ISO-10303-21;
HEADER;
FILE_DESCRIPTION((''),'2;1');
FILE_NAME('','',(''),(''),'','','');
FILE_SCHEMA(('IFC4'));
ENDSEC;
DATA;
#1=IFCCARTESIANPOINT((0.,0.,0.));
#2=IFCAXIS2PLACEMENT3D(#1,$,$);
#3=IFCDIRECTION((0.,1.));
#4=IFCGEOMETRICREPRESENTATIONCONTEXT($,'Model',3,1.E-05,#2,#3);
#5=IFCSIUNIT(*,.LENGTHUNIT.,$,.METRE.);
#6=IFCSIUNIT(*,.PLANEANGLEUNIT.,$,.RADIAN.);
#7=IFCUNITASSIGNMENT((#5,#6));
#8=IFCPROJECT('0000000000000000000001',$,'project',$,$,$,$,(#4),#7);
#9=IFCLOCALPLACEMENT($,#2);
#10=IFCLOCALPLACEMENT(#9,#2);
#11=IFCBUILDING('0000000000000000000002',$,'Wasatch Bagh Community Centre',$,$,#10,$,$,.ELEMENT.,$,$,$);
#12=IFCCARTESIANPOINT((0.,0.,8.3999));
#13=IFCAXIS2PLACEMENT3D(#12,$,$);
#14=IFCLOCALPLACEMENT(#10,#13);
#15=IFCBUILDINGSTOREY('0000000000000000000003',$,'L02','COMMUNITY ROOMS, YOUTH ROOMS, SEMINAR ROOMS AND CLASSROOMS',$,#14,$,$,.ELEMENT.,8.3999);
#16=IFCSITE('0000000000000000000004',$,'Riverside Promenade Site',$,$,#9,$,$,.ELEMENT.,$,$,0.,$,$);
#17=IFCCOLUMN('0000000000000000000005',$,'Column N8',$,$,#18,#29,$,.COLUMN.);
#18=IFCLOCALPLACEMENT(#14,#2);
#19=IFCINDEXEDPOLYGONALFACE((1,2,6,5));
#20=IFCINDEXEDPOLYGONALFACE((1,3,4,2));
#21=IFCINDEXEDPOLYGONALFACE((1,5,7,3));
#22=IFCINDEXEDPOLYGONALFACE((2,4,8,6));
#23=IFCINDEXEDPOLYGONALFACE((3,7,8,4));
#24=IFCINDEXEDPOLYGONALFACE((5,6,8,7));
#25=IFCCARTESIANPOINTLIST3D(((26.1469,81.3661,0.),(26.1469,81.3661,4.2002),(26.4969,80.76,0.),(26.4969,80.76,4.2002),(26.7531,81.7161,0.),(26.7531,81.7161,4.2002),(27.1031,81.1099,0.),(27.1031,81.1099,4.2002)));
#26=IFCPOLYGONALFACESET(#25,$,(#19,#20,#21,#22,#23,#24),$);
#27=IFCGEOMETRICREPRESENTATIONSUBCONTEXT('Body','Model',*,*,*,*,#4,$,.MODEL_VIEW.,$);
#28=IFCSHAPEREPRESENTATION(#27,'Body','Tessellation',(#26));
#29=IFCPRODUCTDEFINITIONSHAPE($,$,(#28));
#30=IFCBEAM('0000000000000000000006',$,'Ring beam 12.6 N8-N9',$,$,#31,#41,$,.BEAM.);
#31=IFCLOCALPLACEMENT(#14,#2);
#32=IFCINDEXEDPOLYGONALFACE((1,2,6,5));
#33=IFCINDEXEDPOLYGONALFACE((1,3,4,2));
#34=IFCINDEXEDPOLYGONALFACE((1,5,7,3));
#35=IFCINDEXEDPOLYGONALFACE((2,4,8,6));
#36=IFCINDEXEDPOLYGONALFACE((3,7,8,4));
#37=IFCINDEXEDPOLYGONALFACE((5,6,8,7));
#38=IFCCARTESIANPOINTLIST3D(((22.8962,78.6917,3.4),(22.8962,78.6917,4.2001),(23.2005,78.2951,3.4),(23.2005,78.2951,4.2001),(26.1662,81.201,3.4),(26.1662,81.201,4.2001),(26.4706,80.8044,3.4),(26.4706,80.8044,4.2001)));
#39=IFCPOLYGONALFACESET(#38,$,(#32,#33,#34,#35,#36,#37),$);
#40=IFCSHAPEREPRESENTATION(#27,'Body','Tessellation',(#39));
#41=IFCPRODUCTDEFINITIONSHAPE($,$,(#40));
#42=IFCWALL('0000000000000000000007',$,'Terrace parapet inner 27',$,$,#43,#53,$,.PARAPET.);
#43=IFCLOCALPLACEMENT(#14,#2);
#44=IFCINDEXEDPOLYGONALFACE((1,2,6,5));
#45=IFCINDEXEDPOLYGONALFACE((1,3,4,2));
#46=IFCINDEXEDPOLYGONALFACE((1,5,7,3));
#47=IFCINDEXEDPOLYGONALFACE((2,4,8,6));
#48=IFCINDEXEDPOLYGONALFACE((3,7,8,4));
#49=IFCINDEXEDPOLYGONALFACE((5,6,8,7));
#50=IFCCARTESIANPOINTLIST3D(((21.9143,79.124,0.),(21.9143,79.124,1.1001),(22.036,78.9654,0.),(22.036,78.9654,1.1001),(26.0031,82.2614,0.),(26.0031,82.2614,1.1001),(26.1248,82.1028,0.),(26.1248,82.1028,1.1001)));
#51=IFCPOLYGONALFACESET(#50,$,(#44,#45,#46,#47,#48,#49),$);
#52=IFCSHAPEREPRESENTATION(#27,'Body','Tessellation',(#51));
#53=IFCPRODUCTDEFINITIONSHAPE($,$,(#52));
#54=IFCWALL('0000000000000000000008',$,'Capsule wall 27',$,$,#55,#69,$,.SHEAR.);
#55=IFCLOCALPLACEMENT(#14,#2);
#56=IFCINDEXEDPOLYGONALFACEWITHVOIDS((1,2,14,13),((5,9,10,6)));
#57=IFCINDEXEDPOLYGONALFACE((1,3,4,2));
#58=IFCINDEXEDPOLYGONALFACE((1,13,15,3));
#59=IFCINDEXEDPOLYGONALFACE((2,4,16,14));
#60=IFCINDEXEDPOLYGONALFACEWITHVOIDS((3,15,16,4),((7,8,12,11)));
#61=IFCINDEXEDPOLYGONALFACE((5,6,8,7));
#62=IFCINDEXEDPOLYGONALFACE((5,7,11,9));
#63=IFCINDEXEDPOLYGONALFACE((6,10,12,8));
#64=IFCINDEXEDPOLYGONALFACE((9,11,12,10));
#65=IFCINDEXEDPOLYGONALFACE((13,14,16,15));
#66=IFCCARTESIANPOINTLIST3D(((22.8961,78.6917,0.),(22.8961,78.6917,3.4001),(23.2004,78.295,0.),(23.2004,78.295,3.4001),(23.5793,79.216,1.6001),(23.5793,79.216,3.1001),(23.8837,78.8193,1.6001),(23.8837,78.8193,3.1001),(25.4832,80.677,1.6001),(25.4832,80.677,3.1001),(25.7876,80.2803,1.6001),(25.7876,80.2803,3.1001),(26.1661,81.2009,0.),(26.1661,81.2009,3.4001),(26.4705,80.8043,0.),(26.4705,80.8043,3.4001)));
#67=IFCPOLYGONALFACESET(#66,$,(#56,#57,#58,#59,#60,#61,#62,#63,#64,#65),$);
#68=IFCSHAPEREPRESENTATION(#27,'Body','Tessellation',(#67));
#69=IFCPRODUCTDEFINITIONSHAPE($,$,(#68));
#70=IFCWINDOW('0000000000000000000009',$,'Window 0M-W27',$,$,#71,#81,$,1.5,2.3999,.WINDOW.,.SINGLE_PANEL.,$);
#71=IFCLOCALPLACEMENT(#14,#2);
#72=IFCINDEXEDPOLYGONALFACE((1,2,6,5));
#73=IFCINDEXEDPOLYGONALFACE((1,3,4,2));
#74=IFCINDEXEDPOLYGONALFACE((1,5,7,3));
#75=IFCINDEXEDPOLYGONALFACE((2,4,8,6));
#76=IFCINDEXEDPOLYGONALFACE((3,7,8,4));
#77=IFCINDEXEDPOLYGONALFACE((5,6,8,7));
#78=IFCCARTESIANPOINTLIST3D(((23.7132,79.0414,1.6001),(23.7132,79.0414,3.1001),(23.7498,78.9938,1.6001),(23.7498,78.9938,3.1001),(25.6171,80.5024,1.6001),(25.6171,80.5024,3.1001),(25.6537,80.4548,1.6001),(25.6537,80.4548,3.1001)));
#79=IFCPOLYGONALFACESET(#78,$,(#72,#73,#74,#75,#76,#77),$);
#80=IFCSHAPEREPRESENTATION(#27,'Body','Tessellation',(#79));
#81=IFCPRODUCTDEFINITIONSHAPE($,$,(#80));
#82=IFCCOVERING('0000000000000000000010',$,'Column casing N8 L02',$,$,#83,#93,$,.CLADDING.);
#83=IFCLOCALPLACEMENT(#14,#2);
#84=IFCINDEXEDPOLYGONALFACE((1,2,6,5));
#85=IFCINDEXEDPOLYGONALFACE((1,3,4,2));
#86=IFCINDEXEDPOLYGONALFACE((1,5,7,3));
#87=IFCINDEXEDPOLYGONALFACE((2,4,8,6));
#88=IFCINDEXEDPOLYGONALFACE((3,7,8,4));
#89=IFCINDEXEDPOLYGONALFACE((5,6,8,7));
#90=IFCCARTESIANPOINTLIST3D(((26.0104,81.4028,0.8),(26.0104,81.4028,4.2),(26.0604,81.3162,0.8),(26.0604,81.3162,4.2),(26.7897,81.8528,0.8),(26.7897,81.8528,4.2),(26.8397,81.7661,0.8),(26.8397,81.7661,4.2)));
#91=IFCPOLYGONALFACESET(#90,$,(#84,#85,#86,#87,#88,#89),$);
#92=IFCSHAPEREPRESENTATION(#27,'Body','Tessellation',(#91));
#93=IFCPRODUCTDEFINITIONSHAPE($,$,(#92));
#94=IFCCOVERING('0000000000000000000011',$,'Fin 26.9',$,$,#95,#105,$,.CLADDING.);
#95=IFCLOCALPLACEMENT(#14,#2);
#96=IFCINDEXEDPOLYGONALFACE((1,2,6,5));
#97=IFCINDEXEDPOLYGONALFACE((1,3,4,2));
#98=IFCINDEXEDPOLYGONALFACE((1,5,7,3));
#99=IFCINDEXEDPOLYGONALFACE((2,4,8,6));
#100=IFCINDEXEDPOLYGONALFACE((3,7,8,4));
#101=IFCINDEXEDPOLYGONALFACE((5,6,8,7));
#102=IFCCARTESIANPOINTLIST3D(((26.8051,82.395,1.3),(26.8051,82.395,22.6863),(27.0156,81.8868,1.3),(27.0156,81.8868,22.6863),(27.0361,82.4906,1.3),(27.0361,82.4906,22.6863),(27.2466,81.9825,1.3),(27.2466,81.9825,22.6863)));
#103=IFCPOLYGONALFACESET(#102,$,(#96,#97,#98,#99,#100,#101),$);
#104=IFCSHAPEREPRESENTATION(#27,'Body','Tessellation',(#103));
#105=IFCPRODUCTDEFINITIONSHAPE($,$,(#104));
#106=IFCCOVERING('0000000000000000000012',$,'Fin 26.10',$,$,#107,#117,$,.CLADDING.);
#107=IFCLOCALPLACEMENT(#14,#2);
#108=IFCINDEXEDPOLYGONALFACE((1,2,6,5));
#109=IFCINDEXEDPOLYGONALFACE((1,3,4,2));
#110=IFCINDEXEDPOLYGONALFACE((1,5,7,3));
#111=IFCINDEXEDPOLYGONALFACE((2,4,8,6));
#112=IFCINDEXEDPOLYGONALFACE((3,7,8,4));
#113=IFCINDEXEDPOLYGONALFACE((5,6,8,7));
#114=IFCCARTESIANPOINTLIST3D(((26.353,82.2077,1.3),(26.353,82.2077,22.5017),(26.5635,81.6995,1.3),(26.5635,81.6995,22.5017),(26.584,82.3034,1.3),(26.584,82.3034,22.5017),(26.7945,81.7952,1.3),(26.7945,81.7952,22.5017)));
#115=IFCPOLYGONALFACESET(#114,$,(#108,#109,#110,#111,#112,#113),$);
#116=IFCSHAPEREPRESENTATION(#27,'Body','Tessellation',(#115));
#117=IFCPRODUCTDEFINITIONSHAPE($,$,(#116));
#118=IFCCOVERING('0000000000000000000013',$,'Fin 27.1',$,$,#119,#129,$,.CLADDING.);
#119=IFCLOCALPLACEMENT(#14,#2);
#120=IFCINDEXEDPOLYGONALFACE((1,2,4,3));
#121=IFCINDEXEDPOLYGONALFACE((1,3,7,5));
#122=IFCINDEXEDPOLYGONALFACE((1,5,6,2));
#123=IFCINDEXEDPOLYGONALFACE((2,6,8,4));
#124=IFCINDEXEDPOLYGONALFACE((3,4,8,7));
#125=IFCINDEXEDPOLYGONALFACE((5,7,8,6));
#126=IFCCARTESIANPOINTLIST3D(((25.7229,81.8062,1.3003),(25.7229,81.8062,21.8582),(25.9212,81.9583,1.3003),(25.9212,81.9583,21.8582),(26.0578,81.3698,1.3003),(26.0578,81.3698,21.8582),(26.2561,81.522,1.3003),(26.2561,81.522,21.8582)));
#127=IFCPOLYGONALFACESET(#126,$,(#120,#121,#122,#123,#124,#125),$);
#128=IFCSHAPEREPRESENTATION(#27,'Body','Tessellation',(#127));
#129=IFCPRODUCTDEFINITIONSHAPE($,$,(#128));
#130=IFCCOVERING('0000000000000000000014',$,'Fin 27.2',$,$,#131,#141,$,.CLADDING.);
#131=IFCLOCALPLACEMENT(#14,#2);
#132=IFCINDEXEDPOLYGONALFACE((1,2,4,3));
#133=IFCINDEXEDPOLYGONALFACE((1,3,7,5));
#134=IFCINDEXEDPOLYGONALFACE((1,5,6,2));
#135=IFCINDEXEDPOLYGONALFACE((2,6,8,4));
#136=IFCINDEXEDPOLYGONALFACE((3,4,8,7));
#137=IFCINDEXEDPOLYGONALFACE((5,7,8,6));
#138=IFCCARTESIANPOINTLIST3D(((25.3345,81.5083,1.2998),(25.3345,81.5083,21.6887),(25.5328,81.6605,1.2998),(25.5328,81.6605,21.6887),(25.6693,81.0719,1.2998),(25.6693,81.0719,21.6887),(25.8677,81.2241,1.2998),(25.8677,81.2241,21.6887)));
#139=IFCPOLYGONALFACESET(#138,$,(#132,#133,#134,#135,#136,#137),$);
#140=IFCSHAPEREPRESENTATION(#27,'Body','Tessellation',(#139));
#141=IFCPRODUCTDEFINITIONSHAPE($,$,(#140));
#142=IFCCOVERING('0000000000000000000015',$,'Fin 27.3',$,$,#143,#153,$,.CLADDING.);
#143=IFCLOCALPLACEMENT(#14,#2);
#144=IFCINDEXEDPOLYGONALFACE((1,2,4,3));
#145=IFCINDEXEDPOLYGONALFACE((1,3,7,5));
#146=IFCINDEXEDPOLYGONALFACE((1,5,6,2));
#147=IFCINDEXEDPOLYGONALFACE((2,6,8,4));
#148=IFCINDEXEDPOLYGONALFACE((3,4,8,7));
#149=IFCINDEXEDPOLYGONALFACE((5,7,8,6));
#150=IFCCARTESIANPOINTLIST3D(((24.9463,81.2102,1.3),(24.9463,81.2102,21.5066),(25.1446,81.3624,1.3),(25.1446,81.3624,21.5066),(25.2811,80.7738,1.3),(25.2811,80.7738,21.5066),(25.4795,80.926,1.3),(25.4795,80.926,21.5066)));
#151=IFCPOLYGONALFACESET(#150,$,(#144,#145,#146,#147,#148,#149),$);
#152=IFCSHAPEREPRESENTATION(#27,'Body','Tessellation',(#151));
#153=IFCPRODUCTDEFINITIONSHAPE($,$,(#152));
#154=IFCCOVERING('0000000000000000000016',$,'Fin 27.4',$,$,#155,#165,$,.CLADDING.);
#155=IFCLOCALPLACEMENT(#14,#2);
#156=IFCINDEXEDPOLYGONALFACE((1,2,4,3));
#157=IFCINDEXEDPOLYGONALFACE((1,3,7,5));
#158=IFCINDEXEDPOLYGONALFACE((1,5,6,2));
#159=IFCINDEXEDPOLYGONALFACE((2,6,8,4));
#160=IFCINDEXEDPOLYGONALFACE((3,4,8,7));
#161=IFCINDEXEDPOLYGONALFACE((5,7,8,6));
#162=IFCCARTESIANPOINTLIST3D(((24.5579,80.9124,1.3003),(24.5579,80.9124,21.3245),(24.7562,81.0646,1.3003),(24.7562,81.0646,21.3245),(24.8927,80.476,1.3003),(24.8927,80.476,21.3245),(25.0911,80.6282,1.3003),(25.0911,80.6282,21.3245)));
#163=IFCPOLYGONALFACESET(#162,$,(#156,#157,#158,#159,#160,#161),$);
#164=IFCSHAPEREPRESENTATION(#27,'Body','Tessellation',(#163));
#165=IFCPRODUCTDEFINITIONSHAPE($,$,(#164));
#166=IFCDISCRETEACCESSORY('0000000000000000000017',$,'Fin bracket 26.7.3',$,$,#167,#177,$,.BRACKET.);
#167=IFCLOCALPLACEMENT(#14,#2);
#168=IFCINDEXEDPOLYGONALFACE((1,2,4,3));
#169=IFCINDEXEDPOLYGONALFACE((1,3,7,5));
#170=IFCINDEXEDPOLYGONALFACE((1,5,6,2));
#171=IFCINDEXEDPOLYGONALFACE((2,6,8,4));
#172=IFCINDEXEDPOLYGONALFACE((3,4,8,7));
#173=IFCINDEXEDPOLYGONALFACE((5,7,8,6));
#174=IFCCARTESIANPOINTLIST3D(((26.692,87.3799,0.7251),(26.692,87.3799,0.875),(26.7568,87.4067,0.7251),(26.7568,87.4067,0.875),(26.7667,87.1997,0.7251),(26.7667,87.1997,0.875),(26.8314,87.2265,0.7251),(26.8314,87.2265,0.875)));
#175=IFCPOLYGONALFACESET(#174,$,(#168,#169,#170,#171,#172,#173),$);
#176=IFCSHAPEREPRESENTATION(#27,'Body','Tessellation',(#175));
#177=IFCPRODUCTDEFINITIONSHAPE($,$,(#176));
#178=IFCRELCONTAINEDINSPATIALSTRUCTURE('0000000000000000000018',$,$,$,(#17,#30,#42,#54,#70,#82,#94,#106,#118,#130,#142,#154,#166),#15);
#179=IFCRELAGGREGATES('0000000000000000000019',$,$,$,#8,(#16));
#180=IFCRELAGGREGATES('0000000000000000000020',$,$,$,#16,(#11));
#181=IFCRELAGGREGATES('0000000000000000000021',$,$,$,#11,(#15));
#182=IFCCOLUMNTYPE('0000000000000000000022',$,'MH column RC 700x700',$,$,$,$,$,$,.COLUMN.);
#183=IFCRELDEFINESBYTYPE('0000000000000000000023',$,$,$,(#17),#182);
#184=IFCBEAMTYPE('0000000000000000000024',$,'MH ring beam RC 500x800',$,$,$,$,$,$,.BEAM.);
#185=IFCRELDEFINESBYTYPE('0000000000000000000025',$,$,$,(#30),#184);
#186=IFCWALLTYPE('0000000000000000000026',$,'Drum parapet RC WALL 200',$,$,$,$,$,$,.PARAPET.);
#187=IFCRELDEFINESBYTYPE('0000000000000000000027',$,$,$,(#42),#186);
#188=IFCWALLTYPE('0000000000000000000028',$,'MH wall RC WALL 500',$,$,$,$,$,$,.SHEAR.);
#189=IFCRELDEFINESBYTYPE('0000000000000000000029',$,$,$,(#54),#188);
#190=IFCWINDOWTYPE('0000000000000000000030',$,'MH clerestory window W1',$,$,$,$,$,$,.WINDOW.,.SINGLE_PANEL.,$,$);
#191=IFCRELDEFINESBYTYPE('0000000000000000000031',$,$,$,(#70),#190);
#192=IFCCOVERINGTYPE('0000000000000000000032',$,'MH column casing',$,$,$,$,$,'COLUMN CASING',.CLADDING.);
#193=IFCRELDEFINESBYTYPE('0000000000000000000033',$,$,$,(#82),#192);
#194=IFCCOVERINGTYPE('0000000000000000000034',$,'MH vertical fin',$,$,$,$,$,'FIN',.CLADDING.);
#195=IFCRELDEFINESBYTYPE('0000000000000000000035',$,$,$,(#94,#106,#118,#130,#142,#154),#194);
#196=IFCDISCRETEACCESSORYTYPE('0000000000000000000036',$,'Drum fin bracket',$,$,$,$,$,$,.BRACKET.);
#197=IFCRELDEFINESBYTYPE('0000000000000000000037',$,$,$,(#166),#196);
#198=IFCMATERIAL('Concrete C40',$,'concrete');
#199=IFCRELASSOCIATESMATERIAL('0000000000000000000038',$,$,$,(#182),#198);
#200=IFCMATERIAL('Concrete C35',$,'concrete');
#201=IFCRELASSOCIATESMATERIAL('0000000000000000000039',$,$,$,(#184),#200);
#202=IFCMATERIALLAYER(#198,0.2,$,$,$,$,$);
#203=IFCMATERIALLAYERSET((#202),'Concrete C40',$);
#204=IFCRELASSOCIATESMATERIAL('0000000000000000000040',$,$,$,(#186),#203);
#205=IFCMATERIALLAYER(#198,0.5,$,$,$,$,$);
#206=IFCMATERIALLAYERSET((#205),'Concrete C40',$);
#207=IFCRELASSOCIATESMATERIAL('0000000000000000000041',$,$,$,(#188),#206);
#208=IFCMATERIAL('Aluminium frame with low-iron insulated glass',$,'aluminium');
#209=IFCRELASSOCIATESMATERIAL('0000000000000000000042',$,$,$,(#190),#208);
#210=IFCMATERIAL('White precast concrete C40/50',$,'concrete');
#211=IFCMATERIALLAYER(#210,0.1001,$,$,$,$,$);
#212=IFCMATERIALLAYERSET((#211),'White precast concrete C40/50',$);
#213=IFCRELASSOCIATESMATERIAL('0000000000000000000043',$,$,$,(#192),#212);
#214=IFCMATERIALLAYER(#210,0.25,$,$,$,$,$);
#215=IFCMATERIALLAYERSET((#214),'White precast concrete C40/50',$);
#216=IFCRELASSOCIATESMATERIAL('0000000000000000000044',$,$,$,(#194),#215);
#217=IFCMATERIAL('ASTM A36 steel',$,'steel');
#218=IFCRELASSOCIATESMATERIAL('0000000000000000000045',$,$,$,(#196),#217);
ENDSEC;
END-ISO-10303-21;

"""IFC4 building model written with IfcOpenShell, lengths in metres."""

from ifc_helpers import new_model, si_unit, direction, frame, frame_2d, origin, origin_2d, place, context, subcontext, project, spatial, rectangle, extrude, material, layer, layer_set, material_profile, profile_set, type_object, element, fill, save


model = new_model("IFC4")

# Units and contexts
model_context = context("Model", 3, precision=1e-05, world=origin(), true_north=direction((0.0, 1.0)))
body_context = subcontext(model_context, "Body", "Model", "MODEL_VIEW")
ifc_project = project(units=[si_unit("LENGTHUNIT", "METRE"), si_unit("PLANEANGLEUNIT", "RADIAN")], contexts=[model_context])

# Site, building, storey
site_placement = place(None, origin())
site = spatial("IfcSite", under=ifc_project, at=site_placement, Name="Riverside Promenade Site", CompositionType="ELEMENT", RefElevation=0.0)
building_placement = place(site_placement, origin())
building = spatial("IfcBuilding", under=site, at=building_placement, Name="Wasatch Bagh Community Centre", CompositionType="ELEMENT")
storey_placement = place(building_placement, frame((0.0, 0.0, 8.3999)))
storey = spatial("IfcBuildingStorey", under=building, at=storey_placement, Name="L02", Description="COMMUNITY ROOMS, YOUTH ROOMS, SEMINAR ROOMS AND CLASSROOMS", CompositionType="ELEMENT", Elevation=8.3999)

# Column
ifc_material_1 = material(Name="Concrete C40", Category="concrete")
ifc_material_profile_1 = material_profile(ifc_material_1, rectangle(XDim=0.7, YDim=0.7, at=origin_2d()), Name="RC 700x700")
ifc_profile_set_1 = profile_set([ifc_material_profile_1], Name="Concrete C40")
column_type = type_object("IfcColumnType", Name="MH column RC 700x700", PredefinedType="COLUMN", material=ifc_profile_set_1)
column_placement = place(storey_placement, frame((26.625, 81.238, 0.0), z_axis=(0.0, 0.0, 1.0), x_axis=(0.866025, 0.5, 0.0)))
element("IfcColumn", 1, at=column_placement, inside=storey, type_object=column_type, Name="Column N8", PredefinedType="COLUMN", context=body_context, shape_type="SweptSolid", body=[
    extrude(rectangle(XDim=0.7, YDim=0.7, at=origin_2d()), origin(), (0.0, 0.0, 1.0), 4.2002),
])

# Beam
ifc_material_2 = material(Name="Concrete C35", Category="concrete")
ifc_material_profile_2 = material_profile(ifc_material_2, rectangle(XDim=0.5, YDim=0.8, at=origin_2d()), Name="RC 500x800")
ifc_profile_set_2 = profile_set([ifc_material_profile_2], Name="Concrete C35")
beam_type = type_object("IfcBeamType", Name="MH ring beam RC 500x800", PredefinedType="BEAM", material=ifc_profile_set_2)
beam_placement = place(storey_placement, frame((26.3184, 81.0027, 3.8), z_axis=(-0.793341, -0.608777, 0.0), x_axis=(0.608777, -0.793341, 0.0)))
element("IfcBeam", 2, at=beam_placement, inside=storey, type_object=beam_type, Name="Ring beam 12.6 N8-N9", PredefinedType="BEAM", context=body_context, shape_type="SweptSolid", body=[
    extrude(rectangle(XDim=0.5, YDim=0.8, at=origin_2d()), origin(), (0.0, 0.0, 1.0), 4.1218),
])

# Wall
ifc_layer_1 = layer(ifc_material_1, 0.2)
ifc_layer_set_1 = layer_set([ifc_layer_1], Name="Concrete C40")
wall_type_1 = type_object("IfcWallType", Name="Drum parapet RC WALL 200", PredefinedType="PARAPET", material=ifc_layer_set_1)
wall_1_placement = place(storey_placement, frame((26.064, 82.1821, 0.0), z_axis=(0.0, 0.0, 1.0), x_axis=(-0.793358, -0.608756, 0.0)))
element("IfcWall", 3, at=wall_1_placement, inside=storey, type_object=wall_type_1, Name="Terrace parapet inner 27", PredefinedType="PARAPET", context=body_context, shape_type="SweptSolid", body=[
    extrude(rectangle(XDim=5.1538, YDim=0.2, at=frame_2d((2.5769, 0.0))), origin(), (0.0, 0.0, 1.0), 1.1001),
])

# Wall, opening, window
ifc_layer_2 = layer(ifc_material_1, 0.5)
ifc_layer_set_2 = layer_set([ifc_layer_2], Name="Concrete C40")
wall_type_2 = type_object("IfcWallType", Name="MH wall RC WALL 500", PredefinedType="SHEAR", material=ifc_layer_set_2)
wall_2_placement = place(storey_placement, frame((26.3184, 81.0027, 0.0), z_axis=(0.0, 0.0, 1.0), x_axis=(-0.793341, -0.608777, 0.0)))
wall_2 = element("IfcWall", 4, at=wall_2_placement, inside=storey, type_object=wall_type_2, Name="Capsule wall 27", PredefinedType="SHEAR", context=body_context, shape_type="SweptSolid", body=[
    extrude(rectangle(XDim=4.1218, YDim=0.5, at=frame_2d((2.061, 0.0))), origin(), (0.0, 0.0, 1.0), 3.4001),
])
opening_placement = place(wall_2_placement, frame((0.8608, 0.0, 1.6001)))
opening = element("IfcOpeningElement", 5, at=opening_placement, cuts=wall_2, PredefinedType="OPENING", context=body_context, shape_type="SweptSolid", body=[
    extrude(rectangle(XDim=2.3999, YDim=1.5, at=frame_2d((1.2, 0.75))), frame((0.0, 0.26, 0.0), z_axis=(0.0, -1.0, 0.0), x_axis=(1.0, 0.0, 0.0)), (0.0, 0.0, 1.0), 0.52),
])
ifc_material_3 = material(Name="Aluminium frame with low-iron insulated glass", Category="aluminium")
window_type = type_object("IfcWindowType", Name="MH clerestory window W1", PartitioningType="SINGLE_PANEL", PredefinedType="WINDOW", material=ifc_material_3)
window_placement = place(opening_placement, origin())
window = element("IfcWindow", 6, at=window_placement, inside=storey, type_object=window_type, Name="Window 0M-W27", OverallHeight=1.5, OverallWidth=2.3999, PartitioningType="SINGLE_PANEL", PredefinedType="WINDOW", context=body_context, shape_type="SweptSolid", body=[
    extrude(rectangle(XDim=2.3999, YDim=1.5, at=frame_2d((1.2, 0.75))), frame((0.0, 0.03, 0.0), z_axis=(0.0, -1.0, 0.0), x_axis=(1.0, 0.0, 0.0)), (0.0, 0.0, 1.0), 0.0601),
])
fill(opening, window)

# Coverings
ifc_material_4 = material(Name="White precast concrete C40/50", Category="concrete")
ifc_layer_3 = layer(ifc_material_4, 0.1001)
ifc_layer_set_3 = layer_set([ifc_layer_3], Name="White precast concrete C40/50")
covering_type_1 = type_object("IfcCoveringType", Name="MH column casing", ElementType="COLUMN CASING", PredefinedType="CLADDING", material=ifc_layer_set_3)
covering_1_placement = place(storey_placement, frame((26.425, 81.5845, 0.8), z_axis=(0.0, 0.0, 1.0), x_axis=(-0.866025, -0.5, 0.0)))
element("IfcCovering", 7, at=covering_1_placement, inside=storey, type_object=covering_type_1, Name="Column casing N8 L02", PredefinedType="CLADDING", context=body_context, shape_type="SweptSolid", body=[
    extrude(rectangle(XDim=0.8999, YDim=0.1001, at=origin_2d()), origin(), (0.0, 0.0, 1.0), 3.3999),
])
ifc_layer_4 = layer(ifc_material_4, 0.25)
ifc_layer_set_4 = layer_set([ifc_layer_4], Name="White precast concrete C40/50")
covering_type_2 = type_object("IfcCoveringType", Name="MH vertical fin", ElementType="FIN", PredefinedType="CLADDING", material=ifc_layer_set_4)
covering_2_placement = place(storey_placement, frame((27.0259, 82.1887, 1.3), z_axis=(0.0, 0.0, 1.0), x_axis=(-0.92388, -0.382683, 0.0)))
element("IfcCovering", 8, at=covering_2_placement, inside=storey, type_object=covering_type_2, Name="Fin 26.9", PredefinedType="CLADDING", context=body_context, shape_type="SweptSolid", body=[
    extrude(rectangle(XDim=0.25, YDim=0.55, at=origin_2d()), origin(), (0.0, 0.0, 1.0), 21.3862),
])
covering_3_placement = place(storey_placement, frame((26.5737, 82.0015, 1.3), z_axis=(0.0, 0.0, 1.0), x_axis=(-0.92388, -0.382683, 0.0)))
element("IfcCovering", 9, at=covering_3_placement, inside=storey, type_object=covering_type_2, Name="Fin 26.10", PredefinedType="CLADDING", context=body_context, shape_type="SweptSolid", body=[
    extrude(rectangle(XDim=0.25, YDim=0.55, at=origin_2d()), origin(), (0.0, 0.0, 1.0), 21.2017),
])
covering_4_placement = place(storey_placement, frame((25.9895, 81.6641, 1.3003), z_axis=(0.0, 0.0, 1.0), x_axis=(-0.793353, -0.608761, 0.0)))
element("IfcCovering", 10, at=covering_4_placement, inside=storey, type_object=covering_type_2, Name="Fin 27.1", PredefinedType="CLADDING", context=body_context, shape_type="SweptSolid", body=[
    extrude(rectangle(XDim=0.25, YDim=0.55, at=origin_2d()), origin(), (0.0, 0.0, 1.0), 20.5579),
])
covering_5_placement = place(storey_placement, frame((25.6011, 81.3662, 1.2998), z_axis=(0.0, 0.0, 1.0), x_axis=(-0.793353, -0.608761, 0.0)))
element("IfcCovering", 11, at=covering_5_placement, inside=storey, type_object=covering_type_2, Name="Fin 27.2", PredefinedType="CLADDING", context=body_context, shape_type="SweptSolid", body=[
    extrude(rectangle(XDim=0.25, YDim=0.55, at=origin_2d()), origin(), (0.0, 0.0, 1.0), 20.3889),
])
covering_6_placement = place(storey_placement, frame((25.2129, 81.0681, 1.3), z_axis=(0.0, 0.0, 1.0), x_axis=(-0.793353, -0.608761, 0.0)))
element("IfcCovering", 12, at=covering_6_placement, inside=storey, type_object=covering_type_2, Name="Fin 27.3", PredefinedType="CLADDING", context=body_context, shape_type="SweptSolid", body=[
    extrude(rectangle(XDim=0.25, YDim=0.55, at=origin_2d()), origin(), (0.0, 0.0, 1.0), 20.2065),
])
covering_7_placement = place(storey_placement, frame((24.8245, 80.7703, 1.3003), z_axis=(0.0, 0.0, 1.0), x_axis=(-0.793353, -0.608761, 0.0)))
element("IfcCovering", 13, at=covering_7_placement, inside=storey, type_object=covering_type_2, Name="Fin 27.4", PredefinedType="CLADDING", context=body_context, shape_type="SweptSolid", body=[
    extrude(rectangle(XDim=0.25, YDim=0.55, at=origin_2d()), origin(), (0.0, 0.0, 1.0), 20.0242),
])

# Discrete accessory
ifc_material_5 = material(Name="ASTM A36 steel", Category="steel")
discrete_accessory_type_1 = type_object("IfcDiscreteAccessoryType", Name="Drum fin bracket", PredefinedType="BRACKET", material=ifc_material_5)
for number, where, z_axis, x_axis, name in (
    (14, (26.7617, 87.3032, 0.7251), (0.0, 0.0, 1.0), (-0.92388, -0.382683, 0.0), "Fin bracket 26.7.3"),
):
    element("IfcDiscreteAccessory", number, at=place(storey_placement, frame(where, z_axis=z_axis, x_axis=x_axis)), inside=storey, type_object=discrete_accessory_type_1, Name=name, PredefinedType="BRACKET", context=body_context, shape_type="SweptSolid", body=[
        extrude(rectangle(XDim=0.0701, YDim=0.1951, at=origin_2d()), origin(), (0.0, 0.0, 1.0), 0.1499),
    ])

save(model, "model.ifc")
